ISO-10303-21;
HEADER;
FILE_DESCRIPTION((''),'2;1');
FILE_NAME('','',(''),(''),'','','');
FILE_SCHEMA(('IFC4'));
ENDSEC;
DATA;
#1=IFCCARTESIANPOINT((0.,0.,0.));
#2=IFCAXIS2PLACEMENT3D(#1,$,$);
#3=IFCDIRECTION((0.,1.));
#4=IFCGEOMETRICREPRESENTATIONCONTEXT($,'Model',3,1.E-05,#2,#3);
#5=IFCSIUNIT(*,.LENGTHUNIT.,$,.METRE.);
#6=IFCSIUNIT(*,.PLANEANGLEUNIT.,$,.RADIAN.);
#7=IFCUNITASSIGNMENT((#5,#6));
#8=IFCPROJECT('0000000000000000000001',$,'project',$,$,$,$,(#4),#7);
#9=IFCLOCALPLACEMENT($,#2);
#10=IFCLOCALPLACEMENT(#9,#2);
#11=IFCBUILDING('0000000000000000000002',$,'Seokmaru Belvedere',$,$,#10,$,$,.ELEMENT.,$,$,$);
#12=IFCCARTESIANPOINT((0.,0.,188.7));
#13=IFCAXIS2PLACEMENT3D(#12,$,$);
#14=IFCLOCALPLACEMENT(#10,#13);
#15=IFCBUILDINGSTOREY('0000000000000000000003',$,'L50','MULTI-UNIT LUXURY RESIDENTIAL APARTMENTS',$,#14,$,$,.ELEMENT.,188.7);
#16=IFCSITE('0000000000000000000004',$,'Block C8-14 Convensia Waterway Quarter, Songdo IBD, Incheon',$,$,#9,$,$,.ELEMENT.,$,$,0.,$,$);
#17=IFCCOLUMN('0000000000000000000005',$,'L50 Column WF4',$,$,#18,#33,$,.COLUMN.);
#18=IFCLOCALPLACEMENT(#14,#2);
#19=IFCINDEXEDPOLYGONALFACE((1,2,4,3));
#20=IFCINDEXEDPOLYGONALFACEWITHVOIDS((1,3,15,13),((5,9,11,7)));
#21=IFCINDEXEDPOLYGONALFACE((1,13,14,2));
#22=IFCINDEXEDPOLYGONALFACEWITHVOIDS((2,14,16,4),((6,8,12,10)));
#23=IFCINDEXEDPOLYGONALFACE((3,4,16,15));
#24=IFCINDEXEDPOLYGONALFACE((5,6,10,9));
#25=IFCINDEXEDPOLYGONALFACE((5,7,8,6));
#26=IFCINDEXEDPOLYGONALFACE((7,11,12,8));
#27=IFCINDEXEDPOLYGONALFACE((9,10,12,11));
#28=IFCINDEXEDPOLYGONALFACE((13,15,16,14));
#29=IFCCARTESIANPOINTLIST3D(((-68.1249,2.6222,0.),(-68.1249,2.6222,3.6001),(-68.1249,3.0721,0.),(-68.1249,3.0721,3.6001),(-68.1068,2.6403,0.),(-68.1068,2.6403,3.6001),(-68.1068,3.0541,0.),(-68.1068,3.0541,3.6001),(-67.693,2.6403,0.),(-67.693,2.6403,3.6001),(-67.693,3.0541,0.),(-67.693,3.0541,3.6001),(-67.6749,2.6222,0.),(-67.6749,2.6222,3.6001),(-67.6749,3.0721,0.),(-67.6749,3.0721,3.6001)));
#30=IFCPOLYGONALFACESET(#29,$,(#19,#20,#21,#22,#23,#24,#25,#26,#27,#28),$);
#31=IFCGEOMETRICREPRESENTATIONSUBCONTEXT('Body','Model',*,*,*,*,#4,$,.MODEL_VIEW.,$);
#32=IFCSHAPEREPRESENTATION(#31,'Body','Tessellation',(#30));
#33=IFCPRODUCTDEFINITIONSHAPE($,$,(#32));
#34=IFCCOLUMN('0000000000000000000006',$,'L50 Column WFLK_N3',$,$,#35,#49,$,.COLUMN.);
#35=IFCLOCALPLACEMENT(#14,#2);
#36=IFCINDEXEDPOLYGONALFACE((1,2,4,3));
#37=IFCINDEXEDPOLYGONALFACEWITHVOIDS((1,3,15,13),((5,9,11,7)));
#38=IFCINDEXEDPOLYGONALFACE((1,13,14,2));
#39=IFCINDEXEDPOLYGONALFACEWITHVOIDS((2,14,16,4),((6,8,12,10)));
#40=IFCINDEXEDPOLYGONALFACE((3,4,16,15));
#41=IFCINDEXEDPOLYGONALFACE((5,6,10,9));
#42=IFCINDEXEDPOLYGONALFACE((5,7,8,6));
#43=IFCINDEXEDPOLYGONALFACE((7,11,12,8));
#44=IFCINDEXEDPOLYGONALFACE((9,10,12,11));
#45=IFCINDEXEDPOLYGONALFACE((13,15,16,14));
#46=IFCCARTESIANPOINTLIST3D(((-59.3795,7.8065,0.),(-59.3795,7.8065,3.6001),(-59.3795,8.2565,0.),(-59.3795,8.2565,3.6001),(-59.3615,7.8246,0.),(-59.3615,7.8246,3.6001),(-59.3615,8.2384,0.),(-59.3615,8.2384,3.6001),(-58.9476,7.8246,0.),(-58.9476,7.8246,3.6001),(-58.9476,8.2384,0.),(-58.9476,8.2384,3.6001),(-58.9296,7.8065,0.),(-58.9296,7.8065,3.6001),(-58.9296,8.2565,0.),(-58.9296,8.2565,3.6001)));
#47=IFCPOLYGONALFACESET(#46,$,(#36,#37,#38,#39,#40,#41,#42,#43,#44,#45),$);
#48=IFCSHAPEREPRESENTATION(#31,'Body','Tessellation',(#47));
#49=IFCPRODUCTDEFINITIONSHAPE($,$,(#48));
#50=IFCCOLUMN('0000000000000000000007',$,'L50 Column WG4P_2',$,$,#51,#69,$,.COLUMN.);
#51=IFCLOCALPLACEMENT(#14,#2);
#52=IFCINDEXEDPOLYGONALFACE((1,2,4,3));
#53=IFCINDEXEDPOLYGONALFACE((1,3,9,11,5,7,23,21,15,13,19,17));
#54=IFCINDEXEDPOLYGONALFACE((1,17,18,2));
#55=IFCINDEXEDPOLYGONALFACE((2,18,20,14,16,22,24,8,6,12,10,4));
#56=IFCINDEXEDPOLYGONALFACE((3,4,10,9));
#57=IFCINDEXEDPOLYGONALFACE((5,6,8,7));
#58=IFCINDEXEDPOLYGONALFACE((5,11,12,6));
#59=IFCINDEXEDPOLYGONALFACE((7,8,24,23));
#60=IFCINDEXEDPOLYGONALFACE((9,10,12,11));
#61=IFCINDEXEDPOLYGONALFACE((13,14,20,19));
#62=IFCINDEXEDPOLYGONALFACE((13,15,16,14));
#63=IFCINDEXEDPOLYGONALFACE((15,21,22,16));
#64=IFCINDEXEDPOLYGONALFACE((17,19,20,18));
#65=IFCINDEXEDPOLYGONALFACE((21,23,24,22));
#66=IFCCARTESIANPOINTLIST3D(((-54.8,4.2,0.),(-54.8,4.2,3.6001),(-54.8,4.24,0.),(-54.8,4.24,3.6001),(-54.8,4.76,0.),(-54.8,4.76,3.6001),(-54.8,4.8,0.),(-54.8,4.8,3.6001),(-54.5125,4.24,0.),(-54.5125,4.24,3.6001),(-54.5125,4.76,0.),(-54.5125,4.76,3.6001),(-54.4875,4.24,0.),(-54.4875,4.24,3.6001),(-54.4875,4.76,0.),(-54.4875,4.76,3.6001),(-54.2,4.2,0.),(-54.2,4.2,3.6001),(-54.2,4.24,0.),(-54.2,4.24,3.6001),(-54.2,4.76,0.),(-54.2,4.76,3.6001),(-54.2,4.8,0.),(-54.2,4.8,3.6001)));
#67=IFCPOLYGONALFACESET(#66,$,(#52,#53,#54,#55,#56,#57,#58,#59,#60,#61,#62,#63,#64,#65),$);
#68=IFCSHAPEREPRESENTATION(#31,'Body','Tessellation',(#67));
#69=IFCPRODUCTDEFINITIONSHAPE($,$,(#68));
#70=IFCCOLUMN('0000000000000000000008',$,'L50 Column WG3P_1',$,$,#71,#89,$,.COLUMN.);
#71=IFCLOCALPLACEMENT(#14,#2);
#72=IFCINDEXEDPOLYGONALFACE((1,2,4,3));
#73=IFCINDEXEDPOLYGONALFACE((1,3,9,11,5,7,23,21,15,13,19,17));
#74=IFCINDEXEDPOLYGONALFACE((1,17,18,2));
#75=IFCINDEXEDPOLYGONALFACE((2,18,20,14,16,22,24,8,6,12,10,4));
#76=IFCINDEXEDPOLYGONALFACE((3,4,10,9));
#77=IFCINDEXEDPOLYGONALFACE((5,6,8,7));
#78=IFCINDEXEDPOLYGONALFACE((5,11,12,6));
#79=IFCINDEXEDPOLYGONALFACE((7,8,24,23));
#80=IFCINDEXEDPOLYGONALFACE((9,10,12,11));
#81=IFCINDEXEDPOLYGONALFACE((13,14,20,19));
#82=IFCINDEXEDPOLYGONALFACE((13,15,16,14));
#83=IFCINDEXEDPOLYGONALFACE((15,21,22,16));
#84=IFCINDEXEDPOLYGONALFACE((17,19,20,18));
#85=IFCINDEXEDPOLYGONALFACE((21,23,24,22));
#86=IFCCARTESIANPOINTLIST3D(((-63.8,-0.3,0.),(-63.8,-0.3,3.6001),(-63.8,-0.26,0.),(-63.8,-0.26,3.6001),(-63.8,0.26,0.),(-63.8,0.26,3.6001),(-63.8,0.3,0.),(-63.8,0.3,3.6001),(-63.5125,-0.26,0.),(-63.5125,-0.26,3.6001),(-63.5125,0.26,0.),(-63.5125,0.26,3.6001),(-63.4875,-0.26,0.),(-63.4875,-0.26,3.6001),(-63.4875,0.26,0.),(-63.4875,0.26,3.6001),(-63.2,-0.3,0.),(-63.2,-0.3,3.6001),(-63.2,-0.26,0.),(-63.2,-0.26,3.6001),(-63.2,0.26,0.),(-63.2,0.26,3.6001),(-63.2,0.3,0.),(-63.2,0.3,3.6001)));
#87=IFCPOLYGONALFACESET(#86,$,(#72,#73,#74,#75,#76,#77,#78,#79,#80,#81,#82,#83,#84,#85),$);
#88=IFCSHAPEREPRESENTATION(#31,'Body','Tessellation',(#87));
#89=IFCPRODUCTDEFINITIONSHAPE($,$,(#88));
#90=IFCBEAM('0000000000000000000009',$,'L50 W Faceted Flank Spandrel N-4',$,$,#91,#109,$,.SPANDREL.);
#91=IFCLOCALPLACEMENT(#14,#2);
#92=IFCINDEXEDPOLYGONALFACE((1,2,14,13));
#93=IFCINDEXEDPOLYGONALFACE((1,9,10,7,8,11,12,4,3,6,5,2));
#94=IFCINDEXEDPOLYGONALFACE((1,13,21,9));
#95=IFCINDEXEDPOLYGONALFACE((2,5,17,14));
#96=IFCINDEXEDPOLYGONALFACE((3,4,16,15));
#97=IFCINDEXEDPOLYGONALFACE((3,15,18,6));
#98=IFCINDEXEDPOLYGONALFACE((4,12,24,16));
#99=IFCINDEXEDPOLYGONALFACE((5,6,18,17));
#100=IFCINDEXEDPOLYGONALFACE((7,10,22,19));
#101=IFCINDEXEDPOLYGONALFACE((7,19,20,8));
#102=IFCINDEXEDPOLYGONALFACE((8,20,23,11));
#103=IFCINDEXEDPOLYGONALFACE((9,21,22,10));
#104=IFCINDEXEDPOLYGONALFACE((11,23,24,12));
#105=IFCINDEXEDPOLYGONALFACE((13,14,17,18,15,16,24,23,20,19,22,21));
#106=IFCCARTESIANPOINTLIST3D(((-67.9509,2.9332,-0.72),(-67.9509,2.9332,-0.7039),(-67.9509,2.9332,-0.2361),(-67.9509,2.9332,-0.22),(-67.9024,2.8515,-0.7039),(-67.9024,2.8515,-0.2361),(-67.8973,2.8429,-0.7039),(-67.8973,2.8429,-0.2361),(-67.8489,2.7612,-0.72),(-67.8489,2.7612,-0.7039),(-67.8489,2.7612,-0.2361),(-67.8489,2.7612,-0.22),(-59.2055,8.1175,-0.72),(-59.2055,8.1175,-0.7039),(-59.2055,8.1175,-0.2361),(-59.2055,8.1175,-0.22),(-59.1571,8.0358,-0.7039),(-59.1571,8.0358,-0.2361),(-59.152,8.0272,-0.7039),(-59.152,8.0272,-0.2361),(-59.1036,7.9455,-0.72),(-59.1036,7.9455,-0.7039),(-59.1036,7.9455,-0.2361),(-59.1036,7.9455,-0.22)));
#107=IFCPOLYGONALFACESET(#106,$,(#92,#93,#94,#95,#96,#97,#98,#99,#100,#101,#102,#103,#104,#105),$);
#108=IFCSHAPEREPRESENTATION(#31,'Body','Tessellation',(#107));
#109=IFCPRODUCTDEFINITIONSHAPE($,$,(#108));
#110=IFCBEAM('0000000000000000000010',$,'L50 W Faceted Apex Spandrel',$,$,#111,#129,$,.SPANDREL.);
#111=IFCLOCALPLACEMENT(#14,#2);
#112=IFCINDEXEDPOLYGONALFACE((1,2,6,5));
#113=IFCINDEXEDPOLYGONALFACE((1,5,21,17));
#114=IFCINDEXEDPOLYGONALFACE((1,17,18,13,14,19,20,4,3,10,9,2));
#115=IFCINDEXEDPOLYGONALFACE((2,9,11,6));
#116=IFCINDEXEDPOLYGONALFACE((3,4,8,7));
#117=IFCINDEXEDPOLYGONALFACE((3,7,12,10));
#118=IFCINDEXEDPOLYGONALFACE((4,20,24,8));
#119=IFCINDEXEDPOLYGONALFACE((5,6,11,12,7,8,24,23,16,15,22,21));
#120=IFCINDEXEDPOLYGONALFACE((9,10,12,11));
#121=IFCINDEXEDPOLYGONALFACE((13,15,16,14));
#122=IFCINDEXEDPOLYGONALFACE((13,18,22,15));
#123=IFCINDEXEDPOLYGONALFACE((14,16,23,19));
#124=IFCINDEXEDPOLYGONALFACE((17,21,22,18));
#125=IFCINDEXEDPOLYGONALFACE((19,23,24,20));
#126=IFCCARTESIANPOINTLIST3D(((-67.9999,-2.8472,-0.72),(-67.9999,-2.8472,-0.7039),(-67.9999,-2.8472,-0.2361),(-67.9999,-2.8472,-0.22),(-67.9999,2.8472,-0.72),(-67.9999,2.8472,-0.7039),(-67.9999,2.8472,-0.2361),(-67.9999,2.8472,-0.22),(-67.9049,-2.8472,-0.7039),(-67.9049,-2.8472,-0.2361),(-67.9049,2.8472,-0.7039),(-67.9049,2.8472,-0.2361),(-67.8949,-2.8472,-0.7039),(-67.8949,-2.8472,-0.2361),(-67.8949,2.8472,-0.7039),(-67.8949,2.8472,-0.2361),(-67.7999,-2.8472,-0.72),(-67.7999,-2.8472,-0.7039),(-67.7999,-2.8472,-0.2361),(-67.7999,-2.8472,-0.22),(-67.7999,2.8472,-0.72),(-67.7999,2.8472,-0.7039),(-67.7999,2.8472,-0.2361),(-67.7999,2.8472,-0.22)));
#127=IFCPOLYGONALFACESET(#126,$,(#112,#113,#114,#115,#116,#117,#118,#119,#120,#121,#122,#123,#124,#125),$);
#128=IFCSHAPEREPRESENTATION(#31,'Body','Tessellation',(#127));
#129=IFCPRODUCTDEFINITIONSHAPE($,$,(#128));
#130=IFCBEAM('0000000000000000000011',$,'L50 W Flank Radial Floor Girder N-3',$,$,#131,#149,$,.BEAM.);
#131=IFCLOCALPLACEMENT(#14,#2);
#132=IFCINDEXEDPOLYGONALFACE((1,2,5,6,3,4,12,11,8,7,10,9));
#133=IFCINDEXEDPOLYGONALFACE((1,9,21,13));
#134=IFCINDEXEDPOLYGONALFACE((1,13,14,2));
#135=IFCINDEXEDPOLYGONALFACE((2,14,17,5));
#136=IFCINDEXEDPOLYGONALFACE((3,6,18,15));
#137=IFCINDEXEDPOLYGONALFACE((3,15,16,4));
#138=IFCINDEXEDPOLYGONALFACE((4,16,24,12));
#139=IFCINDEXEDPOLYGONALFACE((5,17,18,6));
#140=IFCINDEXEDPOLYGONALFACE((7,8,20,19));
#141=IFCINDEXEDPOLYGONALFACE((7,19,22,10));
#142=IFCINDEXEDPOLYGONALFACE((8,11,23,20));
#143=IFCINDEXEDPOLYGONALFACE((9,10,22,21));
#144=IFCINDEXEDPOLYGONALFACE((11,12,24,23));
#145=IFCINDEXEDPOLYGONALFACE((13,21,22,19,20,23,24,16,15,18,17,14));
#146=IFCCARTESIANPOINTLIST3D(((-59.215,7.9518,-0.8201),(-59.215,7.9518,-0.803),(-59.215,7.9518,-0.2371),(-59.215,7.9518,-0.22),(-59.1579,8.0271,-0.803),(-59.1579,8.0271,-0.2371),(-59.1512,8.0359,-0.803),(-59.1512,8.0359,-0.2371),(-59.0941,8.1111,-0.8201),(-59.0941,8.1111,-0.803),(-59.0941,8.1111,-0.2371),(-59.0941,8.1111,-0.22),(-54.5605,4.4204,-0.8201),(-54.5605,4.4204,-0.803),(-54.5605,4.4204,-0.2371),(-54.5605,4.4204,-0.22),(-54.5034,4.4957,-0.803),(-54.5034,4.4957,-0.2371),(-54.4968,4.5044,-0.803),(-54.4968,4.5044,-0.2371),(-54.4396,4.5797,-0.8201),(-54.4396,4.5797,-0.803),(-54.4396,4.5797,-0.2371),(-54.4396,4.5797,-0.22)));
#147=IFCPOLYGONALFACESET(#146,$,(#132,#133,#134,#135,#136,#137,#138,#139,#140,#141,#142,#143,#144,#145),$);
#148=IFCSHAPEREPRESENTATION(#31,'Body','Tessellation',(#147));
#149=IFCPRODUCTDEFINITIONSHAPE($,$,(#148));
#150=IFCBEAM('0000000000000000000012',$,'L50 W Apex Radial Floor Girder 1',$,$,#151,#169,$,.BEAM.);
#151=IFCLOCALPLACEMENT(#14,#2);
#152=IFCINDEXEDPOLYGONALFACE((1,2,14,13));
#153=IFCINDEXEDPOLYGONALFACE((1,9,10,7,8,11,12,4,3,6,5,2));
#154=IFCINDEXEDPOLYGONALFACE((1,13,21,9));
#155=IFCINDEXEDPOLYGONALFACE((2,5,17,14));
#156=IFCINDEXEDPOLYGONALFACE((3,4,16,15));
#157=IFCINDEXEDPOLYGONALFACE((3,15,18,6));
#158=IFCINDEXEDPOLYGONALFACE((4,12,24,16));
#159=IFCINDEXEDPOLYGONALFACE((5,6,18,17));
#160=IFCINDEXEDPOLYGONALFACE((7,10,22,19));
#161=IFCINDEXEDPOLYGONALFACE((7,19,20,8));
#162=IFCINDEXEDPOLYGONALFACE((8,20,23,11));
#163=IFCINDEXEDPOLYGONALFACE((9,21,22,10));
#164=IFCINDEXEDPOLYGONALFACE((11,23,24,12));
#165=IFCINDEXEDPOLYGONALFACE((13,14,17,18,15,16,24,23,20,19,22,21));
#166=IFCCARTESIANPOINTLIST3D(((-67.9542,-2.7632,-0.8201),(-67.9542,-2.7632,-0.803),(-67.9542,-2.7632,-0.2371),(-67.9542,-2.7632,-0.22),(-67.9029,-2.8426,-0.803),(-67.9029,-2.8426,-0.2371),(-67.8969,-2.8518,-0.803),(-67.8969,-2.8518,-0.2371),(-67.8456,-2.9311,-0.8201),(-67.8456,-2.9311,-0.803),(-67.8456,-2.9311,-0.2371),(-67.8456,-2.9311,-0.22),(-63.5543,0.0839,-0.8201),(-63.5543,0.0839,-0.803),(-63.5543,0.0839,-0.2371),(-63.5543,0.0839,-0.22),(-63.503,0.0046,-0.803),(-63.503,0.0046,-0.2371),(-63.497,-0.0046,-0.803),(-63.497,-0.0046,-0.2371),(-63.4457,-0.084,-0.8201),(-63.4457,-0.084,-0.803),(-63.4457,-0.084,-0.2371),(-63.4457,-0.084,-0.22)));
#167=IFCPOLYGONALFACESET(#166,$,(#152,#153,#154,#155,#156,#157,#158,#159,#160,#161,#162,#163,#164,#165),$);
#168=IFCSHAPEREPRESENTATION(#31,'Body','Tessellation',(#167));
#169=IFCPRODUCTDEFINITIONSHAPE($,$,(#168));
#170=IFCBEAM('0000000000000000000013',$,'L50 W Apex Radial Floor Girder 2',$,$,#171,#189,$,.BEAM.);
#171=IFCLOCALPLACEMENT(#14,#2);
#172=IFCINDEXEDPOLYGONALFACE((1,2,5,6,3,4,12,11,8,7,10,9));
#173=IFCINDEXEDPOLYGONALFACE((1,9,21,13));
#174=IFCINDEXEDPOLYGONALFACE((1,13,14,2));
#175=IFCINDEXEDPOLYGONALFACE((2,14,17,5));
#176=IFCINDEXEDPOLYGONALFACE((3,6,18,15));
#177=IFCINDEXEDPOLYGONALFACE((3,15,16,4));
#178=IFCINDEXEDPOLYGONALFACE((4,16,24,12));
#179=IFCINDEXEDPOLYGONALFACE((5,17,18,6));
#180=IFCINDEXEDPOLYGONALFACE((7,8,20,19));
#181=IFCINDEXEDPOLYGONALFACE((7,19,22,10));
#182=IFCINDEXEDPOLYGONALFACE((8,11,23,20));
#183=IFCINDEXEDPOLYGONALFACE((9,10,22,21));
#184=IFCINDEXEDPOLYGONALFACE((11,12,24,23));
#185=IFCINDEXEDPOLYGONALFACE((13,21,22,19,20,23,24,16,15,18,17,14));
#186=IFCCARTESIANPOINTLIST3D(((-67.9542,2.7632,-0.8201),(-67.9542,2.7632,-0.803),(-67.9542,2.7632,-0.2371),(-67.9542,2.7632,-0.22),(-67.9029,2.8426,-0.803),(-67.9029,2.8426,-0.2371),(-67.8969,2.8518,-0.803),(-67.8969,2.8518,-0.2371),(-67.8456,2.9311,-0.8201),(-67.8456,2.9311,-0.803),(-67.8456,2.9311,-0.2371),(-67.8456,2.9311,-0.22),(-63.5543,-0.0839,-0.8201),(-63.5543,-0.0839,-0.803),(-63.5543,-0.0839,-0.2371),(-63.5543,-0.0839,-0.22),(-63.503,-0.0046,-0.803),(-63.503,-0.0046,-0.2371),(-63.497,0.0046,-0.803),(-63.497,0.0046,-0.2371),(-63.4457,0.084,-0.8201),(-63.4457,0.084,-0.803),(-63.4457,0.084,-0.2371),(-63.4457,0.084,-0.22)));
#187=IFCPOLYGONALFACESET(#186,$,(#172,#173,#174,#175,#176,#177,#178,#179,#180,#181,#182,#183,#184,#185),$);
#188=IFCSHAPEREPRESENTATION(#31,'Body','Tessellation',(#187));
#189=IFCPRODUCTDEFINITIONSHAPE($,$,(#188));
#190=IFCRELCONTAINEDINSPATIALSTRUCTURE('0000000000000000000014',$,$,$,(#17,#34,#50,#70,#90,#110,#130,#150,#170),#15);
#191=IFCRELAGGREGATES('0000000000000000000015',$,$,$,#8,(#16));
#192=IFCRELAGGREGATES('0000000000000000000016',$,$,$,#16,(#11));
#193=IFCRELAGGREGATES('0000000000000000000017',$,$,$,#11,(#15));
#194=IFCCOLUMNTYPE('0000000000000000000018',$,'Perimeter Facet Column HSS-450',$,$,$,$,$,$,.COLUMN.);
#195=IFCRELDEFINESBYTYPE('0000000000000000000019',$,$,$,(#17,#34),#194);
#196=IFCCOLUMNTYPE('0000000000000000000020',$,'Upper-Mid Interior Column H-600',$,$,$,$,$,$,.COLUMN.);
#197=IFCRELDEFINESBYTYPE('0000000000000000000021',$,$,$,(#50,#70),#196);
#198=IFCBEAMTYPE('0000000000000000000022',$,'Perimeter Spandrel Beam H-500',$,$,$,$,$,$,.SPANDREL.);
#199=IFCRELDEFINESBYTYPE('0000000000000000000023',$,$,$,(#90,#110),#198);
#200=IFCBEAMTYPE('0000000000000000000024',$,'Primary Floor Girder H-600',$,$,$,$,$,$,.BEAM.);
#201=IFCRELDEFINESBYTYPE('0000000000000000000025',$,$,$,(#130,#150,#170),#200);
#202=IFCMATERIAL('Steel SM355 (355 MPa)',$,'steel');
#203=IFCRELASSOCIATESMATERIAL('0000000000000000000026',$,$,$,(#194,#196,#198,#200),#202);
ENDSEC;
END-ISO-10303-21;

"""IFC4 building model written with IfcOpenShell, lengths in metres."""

from ifc_helpers import new_model, si_unit, direction, frame, origin, origin_2d, place, context, subcontext, project, spatial, hollow_rectangle, i_section, extrude, source, transform, mapped, material, material_profile, profile_set, type_object, type_shapes, element, save


model = new_model("IFC4")

# Units and contexts
model_context = context("Model", 3, precision=1e-05, world=origin(), true_north=direction((0.0, 1.0)))
body_context = subcontext(model_context, "Body", "Model", "MODEL_VIEW")
ifc_project = project(units=[si_unit("LENGTHUNIT", "METRE"), si_unit("PLANEANGLEUNIT", "RADIAN")], contexts=[model_context])

# Site, building, storey
site_placement = place(None, origin())
site = spatial("IfcSite", under=ifc_project, at=site_placement, Name="Block C8-14 Convensia Waterway Quarter, Songdo IBD, Incheon", CompositionType="ELEMENT", RefElevation=0.0)
building_placement = place(site_placement, origin())
building = spatial("IfcBuilding", under=site, at=building_placement, Name="Seokmaru Belvedere", CompositionType="ELEMENT")
storey_placement = place(building_placement, frame((0.0, 0.0, 188.7)))
storey = spatial("IfcBuildingStorey", under=building, at=storey_placement, Name="L50", Description="MULTI-UNIT LUXURY RESIDENTIAL APARTMENTS", CompositionType="ELEMENT", Elevation=188.7)

# Columns
ifc_material_1 = material(Name="Steel SM355 (355 MPa)", Category="steel")
ifc_material_profile_1 = material_profile(ifc_material_1, hollow_rectangle(XDim=0.45, YDim=0.45, WallThickness=0.0181, at=origin_2d()), Name="HSS-450x450x18")
ifc_profile_set_1 = profile_set([ifc_material_profile_1], Name="Steel SM355 (355 MPa)")
column_type_1 = type_object("IfcColumnType", Name="Perimeter Facet Column HSS-450", PredefinedType="COLUMN", material=ifc_profile_set_1)
shared_shape_1 = source(origin(), body_context, "Body", "SweptSolid", [
    extrude(hollow_rectangle(XDim=0.45, YDim=0.45, WallThickness=0.0181, at=origin_2d()), origin(), (0.0, 0.0, 1.0), 3.6001),
])
type_shapes(column_type_1, [shared_shape_1])
for number, where, z_axis, x_axis, name in (
    (1, (-67.8999, 2.8472, 0.0), (0.0, 0.0, 1.0), (1.0, 0.0, 0.0), "L50 Column WF4"),
    (2, (-59.1545, 8.0315, 0.0), (0.0, 0.0, 1.0), (1.0, 0.0, 0.0), "L50 Column WFLK_N3"),
):
    element("IfcColumn", number, at=place(storey_placement, frame(where, z_axis=z_axis, x_axis=x_axis)), inside=storey, type_object=column_type_1, Name=name, PredefinedType="COLUMN", context=body_context, shape_type="MappedRepresentation", body=[
        mapped(shared_shape_1, transform((0.0, 0.0, 0.0), scale=1.0)),
    ])
ifc_material_profile_2 = material_profile(ifc_material_1, i_section(OverallWidth=0.6001, OverallDepth=0.6001, WebThickness=0.0249, FlangeThickness=0.04, at=origin_2d()), Name="H-600x600x25x40")
ifc_profile_set_2 = profile_set([ifc_material_profile_2], Name="Steel SM355 (355 MPa)")
column_type_2 = type_object("IfcColumnType", Name="Upper-Mid Interior Column H-600", PredefinedType="COLUMN", material=ifc_profile_set_2)
shared_shape_2 = source(origin(), body_context, "Body", "SweptSolid", [
    extrude(i_section(OverallWidth=0.6001, OverallDepth=0.6001, WebThickness=0.0249, FlangeThickness=0.04, at=origin_2d()), origin(), (0.0, 0.0, 1.0), 3.6001),
])
type_shapes(column_type_2, [shared_shape_2])
for number, where, z_axis, x_axis, name in (
    (3, (-54.5, 4.5, 0.0), (0.0, 0.0, 1.0), (1.0, 0.0, 0.0), "L50 Column WG4P_2"),
    (4, (-63.5, 0.0, 0.0), (0.0, 0.0, 1.0), (1.0, 0.0, 0.0), "L50 Column WG3P_1"),
):
    element("IfcColumn", number, at=place(storey_placement, frame(where, z_axis=z_axis, x_axis=x_axis)), inside=storey, type_object=column_type_2, Name=name, PredefinedType="COLUMN", context=body_context, shape_type="MappedRepresentation", body=[
        mapped(shared_shape_2, transform((0.0, 0.0, 0.0), scale=1.0)),
    ])

# Beams
ifc_material_profile_3 = material_profile(ifc_material_1, i_section(OverallWidth=0.2, OverallDepth=0.5, WebThickness=0.01, FlangeThickness=0.0161, at=origin_2d()), Name="H-500x200x10x16")
ifc_profile_set_3 = profile_set([ifc_material_profile_3], Name="Steel SM355 (355 MPa)")
beam_type_1 = type_object("IfcBeamType", Name="Perimeter Spandrel Beam H-500", PredefinedType="SPANDREL", material=ifc_profile_set_3)
shared_shape_3 = source(origin(), body_context, "Body", "SweptSolid", [
    extrude(i_section(OverallWidth=0.2, OverallDepth=0.5, WebThickness=0.01, FlangeThickness=0.0161, at=origin_2d()), origin(), (0.0, 0.0, 1.0), 10.1665),
])
beam_1_placement = place(storey_placement, frame((-59.1545, 8.0315, -0.47), z_axis=(-0.86021, -0.50994, 0.0), x_axis=(0.50994, -0.86021, 0.0)))
element("IfcBeam", 5, at=beam_1_placement, inside=storey, type_object=beam_type_1, Name="L50 W Faceted Flank Spandrel N-4", PredefinedType="SPANDREL", context=body_context, shape_type="MappedRepresentation", body=[
    mapped(shared_shape_3, transform((0.0, 0.0, 0.0), scale=1.0)),
])
shared_shape_4 = source(origin(), body_context, "Body", "SweptSolid", [
    extrude(i_section(OverallWidth=0.2, OverallDepth=0.5, WebThickness=0.01, FlangeThickness=0.0161, at=origin_2d()), origin(), (0.0, 0.0, 1.0), 5.6943),
])
type_shapes(beam_type_1, [shared_shape_3, shared_shape_4])
beam_2_placement = place(storey_placement, frame((-67.8999, -2.8472, -0.47), z_axis=(0.0, 1.0, 0.0), x_axis=(-1.0, 0.0, 0.0)))
element("IfcBeam", 6, at=beam_2_placement, inside=storey, type_object=beam_type_1, Name="L50 W Faceted Apex Spandrel", PredefinedType="SPANDREL", context=body_context, shape_type="MappedRepresentation", body=[
    mapped(shared_shape_4, transform((0.0, 0.0, 0.0), scale=1.0)),
])
ifc_material_profile_4 = material_profile(ifc_material_1, i_section(OverallWidth=0.2, OverallDepth=0.6001, WebThickness=0.011, FlangeThickness=0.0171, at=origin_2d()), Name="H-600x200x11x17")
ifc_profile_set_4 = profile_set([ifc_material_profile_4], Name="Steel SM355 (355 MPa)")
beam_type_2 = type_object("IfcBeamType", Name="Primary Floor Girder H-600", PredefinedType="BEAM", material=ifc_profile_set_4)
shared_shape_5 = source(origin(), body_context, "Body", "SweptSolid", [
    extrude(i_section(OverallWidth=0.2, OverallDepth=0.6001, WebThickness=0.011, FlangeThickness=0.0171, at=origin_2d()), origin(), (0.0, 0.0, 1.0), 5.8425),
])
beam_3_placement = place(storey_placement, frame((-59.1545, 8.0315, -0.52), z_axis=(0.796653, -0.604437, 0.0), x_axis=(0.604437, 0.796653, 0.0)))
element("IfcBeam", 7, at=beam_3_placement, inside=storey, type_object=beam_type_2, Name="L50 W Flank Radial Floor Girder N-3", PredefinedType="BEAM", context=body_context, shape_type="MappedRepresentation", body=[
    mapped(shared_shape_5, transform((0.0, 0.0, 0.0), scale=1.0)),
])
shared_shape_6 = source(origin(), body_context, "Body", "SweptSolid", [
    extrude(i_section(OverallWidth=0.2, OverallDepth=0.6001, WebThickness=0.011, FlangeThickness=0.0171, at=origin_2d()), origin(), (0.0, 0.0, 1.0), 5.2407),
])
type_shapes(beam_type_2, [shared_shape_5, shared_shape_6])
for number, where, z_axis, x_axis, name in (
    (8, (-67.8999, -2.8472, -0.52), (0.839555, 0.543274, 0.0), (-0.543274, 0.839555, 0.0), "L50 W Apex Radial Floor Girder 1"),
    (9, (-67.8999, 2.8472, -0.52), (0.839555, -0.543274, 0.0), (0.543274, 0.839555, 0.0), "L50 W Apex Radial Floor Girder 2"),
):
    element("IfcBeam", number, at=place(storey_placement, frame(where, z_axis=z_axis, x_axis=x_axis)), inside=storey, type_object=beam_type_2, Name=name, PredefinedType="BEAM", context=body_context, shape_type="MappedRepresentation", body=[
        mapped(shared_shape_6, transform((0.0, 0.0, 0.0), scale=1.0)),
    ])

save(model, "model.ifc")
